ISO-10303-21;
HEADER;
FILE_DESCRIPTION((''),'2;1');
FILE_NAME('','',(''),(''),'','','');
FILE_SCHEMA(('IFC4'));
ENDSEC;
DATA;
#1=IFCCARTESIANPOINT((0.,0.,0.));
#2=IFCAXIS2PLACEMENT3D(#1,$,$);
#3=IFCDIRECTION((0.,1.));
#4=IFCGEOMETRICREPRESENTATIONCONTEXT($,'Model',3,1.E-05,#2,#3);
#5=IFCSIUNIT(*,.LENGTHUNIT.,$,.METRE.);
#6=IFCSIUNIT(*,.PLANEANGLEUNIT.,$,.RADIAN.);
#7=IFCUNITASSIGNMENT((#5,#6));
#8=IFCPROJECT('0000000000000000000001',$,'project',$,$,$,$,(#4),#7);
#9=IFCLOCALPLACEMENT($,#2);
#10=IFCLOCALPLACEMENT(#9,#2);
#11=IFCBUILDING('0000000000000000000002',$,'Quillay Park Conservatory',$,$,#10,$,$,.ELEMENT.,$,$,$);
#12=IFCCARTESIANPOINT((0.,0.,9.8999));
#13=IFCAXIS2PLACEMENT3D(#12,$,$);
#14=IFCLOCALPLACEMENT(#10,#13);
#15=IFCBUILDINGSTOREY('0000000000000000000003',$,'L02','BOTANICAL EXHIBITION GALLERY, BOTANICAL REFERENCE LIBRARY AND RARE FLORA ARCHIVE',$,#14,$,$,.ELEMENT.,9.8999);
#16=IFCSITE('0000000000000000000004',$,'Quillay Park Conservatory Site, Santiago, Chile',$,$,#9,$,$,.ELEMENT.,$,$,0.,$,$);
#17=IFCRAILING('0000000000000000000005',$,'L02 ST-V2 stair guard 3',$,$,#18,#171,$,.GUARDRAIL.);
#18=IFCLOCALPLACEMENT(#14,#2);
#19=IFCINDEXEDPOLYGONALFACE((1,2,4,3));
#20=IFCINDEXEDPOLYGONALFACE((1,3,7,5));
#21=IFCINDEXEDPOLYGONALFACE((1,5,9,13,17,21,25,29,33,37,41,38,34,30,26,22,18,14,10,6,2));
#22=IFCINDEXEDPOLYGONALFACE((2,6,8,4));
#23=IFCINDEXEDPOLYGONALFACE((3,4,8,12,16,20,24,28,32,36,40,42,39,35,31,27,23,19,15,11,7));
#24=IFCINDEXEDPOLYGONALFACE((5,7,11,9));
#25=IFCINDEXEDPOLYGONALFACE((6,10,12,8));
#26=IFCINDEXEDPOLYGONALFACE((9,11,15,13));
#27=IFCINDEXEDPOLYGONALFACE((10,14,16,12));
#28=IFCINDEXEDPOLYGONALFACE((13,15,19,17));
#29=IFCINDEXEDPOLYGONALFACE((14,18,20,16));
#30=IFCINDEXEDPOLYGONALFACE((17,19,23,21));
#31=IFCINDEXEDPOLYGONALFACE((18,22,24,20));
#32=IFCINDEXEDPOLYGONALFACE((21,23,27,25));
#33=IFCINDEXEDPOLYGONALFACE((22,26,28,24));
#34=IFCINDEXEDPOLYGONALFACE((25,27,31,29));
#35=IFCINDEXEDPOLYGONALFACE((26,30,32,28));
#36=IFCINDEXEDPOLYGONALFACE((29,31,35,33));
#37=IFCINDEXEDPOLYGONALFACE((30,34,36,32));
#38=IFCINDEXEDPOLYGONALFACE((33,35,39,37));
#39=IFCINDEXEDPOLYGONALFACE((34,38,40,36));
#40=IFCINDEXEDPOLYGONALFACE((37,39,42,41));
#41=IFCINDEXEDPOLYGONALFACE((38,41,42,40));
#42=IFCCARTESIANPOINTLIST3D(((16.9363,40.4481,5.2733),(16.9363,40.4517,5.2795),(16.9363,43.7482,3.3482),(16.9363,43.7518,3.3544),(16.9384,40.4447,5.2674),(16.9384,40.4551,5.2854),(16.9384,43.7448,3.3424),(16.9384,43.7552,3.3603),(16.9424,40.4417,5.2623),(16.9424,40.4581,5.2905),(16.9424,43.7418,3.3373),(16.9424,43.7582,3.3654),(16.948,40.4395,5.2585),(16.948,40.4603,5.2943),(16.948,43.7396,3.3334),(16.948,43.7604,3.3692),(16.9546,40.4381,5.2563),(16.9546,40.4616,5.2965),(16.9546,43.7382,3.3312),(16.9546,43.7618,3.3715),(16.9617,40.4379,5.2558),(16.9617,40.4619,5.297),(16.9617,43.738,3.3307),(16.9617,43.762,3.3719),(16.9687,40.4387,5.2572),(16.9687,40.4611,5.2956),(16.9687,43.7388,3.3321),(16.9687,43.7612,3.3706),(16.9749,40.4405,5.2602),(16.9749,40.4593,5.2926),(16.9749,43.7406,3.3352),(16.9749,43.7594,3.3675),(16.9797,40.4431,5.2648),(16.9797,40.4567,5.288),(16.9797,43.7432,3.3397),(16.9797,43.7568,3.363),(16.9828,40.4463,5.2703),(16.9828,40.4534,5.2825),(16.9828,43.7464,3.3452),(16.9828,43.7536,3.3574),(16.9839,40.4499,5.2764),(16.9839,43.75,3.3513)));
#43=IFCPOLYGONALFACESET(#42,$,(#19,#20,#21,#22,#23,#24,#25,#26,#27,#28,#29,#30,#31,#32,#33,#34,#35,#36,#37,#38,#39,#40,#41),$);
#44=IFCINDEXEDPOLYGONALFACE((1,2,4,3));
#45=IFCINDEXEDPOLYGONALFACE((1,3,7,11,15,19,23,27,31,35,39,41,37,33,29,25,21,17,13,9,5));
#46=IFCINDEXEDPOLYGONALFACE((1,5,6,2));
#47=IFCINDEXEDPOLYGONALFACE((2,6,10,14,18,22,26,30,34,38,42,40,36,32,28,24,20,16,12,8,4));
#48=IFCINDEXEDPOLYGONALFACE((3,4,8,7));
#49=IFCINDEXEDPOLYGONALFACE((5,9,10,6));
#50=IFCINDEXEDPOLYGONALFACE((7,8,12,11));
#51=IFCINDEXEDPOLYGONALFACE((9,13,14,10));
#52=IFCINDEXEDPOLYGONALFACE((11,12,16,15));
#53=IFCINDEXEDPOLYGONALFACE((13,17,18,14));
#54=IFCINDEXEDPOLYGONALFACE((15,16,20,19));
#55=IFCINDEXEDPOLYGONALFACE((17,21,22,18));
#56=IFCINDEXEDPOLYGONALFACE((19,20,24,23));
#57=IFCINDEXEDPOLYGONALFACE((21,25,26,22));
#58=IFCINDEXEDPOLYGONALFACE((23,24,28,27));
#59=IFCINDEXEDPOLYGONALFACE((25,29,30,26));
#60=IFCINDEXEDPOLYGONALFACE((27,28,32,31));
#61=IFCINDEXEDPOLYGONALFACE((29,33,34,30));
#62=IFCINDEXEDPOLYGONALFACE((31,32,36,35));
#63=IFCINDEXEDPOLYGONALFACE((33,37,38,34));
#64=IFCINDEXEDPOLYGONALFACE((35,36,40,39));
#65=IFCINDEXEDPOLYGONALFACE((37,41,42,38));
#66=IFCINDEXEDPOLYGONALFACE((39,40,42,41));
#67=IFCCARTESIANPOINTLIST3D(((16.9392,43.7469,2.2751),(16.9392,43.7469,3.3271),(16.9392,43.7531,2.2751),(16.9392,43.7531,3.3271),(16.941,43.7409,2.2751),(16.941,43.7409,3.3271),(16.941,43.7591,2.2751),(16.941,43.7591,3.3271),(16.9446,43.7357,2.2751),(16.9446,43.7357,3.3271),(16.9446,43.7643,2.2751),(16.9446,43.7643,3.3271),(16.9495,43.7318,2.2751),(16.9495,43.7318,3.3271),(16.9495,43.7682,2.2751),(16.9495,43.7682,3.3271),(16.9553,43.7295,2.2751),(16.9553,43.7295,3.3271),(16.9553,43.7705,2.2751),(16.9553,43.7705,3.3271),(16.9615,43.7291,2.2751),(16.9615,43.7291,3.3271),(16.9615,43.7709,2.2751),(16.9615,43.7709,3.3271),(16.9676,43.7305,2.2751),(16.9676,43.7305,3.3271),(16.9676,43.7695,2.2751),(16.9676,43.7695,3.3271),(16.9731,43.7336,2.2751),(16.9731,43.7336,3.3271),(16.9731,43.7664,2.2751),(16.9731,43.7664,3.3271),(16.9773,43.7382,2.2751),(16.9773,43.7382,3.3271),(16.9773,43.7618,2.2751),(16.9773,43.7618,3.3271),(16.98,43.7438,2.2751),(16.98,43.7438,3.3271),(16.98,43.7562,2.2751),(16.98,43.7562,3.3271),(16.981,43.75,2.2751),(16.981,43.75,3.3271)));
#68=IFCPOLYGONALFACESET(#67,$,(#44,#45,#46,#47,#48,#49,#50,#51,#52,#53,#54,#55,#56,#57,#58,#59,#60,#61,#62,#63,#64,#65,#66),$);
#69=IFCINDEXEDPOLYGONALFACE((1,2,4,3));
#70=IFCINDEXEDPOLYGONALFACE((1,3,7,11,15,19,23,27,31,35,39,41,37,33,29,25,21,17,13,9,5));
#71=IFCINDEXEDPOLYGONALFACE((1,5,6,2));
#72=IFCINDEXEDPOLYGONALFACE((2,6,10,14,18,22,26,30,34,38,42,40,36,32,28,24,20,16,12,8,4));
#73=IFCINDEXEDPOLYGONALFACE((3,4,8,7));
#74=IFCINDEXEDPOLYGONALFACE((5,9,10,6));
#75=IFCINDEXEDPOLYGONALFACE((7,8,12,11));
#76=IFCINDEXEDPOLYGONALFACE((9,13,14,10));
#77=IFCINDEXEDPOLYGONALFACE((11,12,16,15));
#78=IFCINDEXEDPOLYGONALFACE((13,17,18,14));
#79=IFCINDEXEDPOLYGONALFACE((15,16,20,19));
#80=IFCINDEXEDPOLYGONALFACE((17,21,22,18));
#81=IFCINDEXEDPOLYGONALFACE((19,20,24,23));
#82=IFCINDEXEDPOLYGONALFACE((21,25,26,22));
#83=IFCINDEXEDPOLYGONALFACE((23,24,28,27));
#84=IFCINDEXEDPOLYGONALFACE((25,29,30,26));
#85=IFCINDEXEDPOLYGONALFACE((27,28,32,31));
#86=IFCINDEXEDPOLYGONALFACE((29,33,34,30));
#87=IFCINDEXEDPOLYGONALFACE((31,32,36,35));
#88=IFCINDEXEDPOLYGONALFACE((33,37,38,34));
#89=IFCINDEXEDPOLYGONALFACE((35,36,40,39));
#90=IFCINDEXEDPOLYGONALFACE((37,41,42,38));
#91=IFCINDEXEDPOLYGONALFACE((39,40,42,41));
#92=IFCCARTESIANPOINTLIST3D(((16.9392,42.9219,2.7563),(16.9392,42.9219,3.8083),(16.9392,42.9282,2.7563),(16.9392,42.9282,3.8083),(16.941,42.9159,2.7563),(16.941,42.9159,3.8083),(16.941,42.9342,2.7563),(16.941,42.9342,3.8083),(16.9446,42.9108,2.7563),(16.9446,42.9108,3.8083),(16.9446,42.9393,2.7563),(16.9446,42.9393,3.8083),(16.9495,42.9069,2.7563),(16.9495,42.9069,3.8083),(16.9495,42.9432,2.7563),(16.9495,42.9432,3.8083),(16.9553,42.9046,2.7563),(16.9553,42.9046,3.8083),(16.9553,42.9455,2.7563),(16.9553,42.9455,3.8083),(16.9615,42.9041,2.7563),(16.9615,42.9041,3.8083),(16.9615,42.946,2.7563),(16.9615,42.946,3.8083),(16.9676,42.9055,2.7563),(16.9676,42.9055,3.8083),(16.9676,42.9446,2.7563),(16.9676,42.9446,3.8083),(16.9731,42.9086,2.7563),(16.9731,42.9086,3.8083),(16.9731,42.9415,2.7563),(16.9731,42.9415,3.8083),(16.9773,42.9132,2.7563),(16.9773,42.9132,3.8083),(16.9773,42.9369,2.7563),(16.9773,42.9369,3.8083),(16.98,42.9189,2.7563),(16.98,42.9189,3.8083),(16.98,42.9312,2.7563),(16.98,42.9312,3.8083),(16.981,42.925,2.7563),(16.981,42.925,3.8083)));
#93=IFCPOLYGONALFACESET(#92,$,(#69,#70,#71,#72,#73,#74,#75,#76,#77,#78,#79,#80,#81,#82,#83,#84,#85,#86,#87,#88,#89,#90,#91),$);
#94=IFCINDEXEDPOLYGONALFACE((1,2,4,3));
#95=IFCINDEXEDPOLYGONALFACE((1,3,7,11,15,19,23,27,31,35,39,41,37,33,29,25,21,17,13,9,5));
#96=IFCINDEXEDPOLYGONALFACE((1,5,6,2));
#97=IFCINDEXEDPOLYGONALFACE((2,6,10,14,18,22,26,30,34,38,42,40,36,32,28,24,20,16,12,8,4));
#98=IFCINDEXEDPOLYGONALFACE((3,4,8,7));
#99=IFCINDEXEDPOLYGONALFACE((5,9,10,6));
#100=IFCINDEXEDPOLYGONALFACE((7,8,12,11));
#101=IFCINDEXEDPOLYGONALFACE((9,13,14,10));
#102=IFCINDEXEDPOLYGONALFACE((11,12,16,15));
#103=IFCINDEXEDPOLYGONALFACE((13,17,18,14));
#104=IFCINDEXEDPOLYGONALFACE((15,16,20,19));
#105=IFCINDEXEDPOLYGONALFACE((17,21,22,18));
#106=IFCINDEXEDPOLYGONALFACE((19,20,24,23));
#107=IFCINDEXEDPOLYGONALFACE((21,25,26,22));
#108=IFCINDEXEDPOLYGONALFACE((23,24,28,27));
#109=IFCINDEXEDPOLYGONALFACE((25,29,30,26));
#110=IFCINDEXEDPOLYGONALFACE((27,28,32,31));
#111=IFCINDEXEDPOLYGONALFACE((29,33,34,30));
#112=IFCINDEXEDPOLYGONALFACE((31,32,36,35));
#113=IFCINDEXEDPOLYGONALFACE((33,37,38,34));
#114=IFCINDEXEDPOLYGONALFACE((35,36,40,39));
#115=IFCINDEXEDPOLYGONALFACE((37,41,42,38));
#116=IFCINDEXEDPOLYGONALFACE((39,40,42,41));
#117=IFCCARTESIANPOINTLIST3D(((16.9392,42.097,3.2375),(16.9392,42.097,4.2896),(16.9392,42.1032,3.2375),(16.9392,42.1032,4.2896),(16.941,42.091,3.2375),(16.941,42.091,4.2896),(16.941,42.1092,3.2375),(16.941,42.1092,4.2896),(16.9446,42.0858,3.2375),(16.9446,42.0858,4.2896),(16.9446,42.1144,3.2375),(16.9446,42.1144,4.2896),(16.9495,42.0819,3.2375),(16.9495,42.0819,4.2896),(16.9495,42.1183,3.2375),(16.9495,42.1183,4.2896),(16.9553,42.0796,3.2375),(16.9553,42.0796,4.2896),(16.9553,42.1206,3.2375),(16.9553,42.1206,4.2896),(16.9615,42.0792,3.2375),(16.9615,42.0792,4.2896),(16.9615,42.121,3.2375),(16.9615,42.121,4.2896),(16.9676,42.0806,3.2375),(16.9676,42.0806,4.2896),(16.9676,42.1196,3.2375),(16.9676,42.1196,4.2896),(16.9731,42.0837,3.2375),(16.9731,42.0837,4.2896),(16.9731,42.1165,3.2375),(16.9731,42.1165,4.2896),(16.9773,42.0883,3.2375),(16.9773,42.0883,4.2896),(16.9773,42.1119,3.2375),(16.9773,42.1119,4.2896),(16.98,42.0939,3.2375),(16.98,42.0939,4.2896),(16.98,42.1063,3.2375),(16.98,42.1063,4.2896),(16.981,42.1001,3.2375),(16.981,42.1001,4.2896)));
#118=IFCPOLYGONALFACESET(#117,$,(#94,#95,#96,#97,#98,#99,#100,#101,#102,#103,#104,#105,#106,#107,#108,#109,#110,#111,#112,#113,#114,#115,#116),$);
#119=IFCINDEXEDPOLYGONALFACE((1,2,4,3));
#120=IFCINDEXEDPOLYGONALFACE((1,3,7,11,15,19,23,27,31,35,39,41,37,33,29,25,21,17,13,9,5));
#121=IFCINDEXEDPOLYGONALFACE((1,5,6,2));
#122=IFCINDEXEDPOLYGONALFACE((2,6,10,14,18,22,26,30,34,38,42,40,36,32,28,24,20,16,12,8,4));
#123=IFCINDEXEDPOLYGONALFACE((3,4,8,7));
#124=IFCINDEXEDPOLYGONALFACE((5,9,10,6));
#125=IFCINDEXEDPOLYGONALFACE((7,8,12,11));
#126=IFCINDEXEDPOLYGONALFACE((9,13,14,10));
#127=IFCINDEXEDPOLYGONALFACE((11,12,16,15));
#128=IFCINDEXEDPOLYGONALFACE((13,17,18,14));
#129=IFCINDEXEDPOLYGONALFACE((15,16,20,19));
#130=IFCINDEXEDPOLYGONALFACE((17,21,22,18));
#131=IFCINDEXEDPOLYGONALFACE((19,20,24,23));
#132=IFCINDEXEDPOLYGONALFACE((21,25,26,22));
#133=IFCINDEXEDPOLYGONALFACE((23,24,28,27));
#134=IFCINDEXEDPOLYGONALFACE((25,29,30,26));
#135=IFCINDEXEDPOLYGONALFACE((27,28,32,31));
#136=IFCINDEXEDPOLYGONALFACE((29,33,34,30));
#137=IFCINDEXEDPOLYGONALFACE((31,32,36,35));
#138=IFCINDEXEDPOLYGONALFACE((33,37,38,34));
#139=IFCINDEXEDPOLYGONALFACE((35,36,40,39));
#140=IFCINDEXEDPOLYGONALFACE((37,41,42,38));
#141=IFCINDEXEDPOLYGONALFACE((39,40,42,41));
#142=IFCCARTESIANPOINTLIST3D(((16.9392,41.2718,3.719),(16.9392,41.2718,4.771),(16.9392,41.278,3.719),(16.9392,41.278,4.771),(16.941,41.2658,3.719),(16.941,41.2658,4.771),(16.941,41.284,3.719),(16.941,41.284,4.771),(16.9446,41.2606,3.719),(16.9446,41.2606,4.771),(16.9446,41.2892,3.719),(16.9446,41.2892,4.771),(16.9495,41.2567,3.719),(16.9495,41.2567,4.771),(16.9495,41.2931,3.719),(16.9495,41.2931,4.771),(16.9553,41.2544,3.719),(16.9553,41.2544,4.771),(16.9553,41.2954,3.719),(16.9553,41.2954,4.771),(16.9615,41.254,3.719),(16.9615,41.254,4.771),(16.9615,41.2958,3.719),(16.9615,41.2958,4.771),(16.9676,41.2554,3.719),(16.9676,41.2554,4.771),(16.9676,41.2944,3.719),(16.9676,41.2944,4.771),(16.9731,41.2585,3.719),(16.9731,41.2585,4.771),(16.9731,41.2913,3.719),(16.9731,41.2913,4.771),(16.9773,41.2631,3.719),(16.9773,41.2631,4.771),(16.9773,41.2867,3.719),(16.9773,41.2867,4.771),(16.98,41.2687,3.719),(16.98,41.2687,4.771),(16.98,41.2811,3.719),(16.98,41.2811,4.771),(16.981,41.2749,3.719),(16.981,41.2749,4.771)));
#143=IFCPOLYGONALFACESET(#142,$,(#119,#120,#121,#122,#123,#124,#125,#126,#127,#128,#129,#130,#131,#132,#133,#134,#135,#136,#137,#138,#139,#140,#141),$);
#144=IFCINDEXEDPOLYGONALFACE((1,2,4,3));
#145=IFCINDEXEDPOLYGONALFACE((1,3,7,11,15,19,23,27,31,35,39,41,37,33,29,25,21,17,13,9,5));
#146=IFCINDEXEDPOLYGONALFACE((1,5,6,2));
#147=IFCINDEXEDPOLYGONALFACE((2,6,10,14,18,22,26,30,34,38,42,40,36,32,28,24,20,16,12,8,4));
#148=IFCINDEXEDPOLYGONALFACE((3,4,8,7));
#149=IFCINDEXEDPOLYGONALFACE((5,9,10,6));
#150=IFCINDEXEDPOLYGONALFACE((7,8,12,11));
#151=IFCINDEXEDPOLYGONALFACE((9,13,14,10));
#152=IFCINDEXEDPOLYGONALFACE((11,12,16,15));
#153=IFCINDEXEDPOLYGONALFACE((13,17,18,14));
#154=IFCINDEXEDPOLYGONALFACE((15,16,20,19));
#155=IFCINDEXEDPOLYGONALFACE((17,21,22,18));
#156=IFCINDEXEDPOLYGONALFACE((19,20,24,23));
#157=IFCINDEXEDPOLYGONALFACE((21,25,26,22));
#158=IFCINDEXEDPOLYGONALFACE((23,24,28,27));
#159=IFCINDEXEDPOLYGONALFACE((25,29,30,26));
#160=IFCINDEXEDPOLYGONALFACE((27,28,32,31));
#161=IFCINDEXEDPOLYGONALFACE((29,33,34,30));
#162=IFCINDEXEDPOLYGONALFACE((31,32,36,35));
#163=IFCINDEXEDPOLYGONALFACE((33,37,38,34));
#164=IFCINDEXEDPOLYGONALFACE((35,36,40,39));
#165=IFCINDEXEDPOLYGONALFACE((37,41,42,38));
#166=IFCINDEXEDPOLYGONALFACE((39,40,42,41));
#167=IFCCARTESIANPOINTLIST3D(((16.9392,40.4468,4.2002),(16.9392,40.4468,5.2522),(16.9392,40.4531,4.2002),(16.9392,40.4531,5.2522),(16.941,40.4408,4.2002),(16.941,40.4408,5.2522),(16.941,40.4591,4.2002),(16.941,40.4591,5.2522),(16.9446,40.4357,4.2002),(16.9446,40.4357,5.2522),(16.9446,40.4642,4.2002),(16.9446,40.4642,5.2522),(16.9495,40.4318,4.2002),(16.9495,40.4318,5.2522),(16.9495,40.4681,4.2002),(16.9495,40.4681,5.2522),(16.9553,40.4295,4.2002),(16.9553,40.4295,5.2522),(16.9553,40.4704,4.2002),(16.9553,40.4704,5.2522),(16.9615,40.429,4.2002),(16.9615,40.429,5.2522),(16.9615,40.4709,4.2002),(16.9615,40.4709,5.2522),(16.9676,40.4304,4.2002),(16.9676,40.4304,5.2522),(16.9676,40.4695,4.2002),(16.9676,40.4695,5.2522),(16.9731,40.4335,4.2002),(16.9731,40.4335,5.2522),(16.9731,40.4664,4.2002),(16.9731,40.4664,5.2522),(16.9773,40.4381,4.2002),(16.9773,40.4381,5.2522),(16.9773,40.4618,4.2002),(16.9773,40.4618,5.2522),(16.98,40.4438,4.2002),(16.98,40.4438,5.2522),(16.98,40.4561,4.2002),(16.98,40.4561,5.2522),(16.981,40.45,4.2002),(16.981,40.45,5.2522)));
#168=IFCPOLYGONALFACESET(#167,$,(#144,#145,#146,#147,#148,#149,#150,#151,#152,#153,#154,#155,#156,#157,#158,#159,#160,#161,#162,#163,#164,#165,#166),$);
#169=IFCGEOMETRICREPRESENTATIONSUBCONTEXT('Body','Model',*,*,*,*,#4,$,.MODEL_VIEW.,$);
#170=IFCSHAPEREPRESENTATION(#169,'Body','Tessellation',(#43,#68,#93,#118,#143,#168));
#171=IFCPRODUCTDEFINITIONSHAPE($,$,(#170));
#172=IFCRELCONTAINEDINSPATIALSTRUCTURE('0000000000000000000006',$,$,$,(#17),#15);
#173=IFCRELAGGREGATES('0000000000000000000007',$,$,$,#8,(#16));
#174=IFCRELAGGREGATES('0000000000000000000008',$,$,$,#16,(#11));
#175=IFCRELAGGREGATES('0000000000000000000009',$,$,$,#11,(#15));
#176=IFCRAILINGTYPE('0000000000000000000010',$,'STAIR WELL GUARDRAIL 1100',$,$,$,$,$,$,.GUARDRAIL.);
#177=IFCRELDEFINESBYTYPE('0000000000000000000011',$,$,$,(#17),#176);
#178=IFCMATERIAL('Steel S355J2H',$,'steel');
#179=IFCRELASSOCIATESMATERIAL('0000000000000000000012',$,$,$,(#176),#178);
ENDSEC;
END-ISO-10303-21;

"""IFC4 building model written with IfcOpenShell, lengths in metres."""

from ifc_helpers import new_model, si_unit, direction, frame, origin, origin_2d, place, context, subcontext, project, spatial, circle, extrude, material, type_object, element, save


model = new_model("IFC4")

# Units and contexts
model_context = context("Model", 3, precision=1e-05, world=origin(), true_north=direction((0.0, 1.0)))
body_context = subcontext(model_context, "Body", "Model", "MODEL_VIEW")
ifc_project = project(units=[si_unit("LENGTHUNIT", "METRE"), si_unit("PLANEANGLEUNIT", "RADIAN")], contexts=[model_context])

# Site, building, storey
site_placement = place(None, origin())
site = spatial("IfcSite", under=ifc_project, at=site_placement, Name="Quillay Park Conservatory Site, Santiago, Chile", CompositionType="ELEMENT", RefElevation=0.0)
building_placement = place(site_placement, origin())
building = spatial("IfcBuilding", under=site, at=building_placement, Name="Quillay Park Conservatory", CompositionType="ELEMENT")
storey_placement = place(building_placement, frame((0.0, 0.0, 9.8999)))
storey = spatial("IfcBuildingStorey", under=building, at=storey_placement, Name="L02", Description="BOTANICAL EXHIBITION GALLERY, BOTANICAL REFERENCE LIBRARY AND RARE FLORA ARCHIVE", CompositionType="ELEMENT", Elevation=9.8999)

# Railing
ifc_material_1 = material(Name="Steel S355J2H", Category="steel")
railing_type_1 = type_object("IfcRailingType", Name="STAIR WELL GUARDRAIL 1100", PredefinedType="GUARDRAIL", material=ifc_material_1)
railing_1_placement = place(storey_placement, frame((16.96, 43.75, 2.2751)))
element("IfcRailing", 1, at=railing_1_placement, inside=storey, type_object=railing_type_1, Name="L02 ST-V2 stair guard 3", PredefinedType="GUARDRAIL", context=body_context, shape_type="SweptSolid", body=[
    extrude(circle(Radius=0.0239, at=origin_2d()), frame((0.0, 0.0, 1.0762), z_axis=(0.0, -0.863777, 0.503875), x_axis=(1.0, 0.0, 0.0)), (0.0, 0.0, 1.0), 3.8206),
    extrude(circle(Radius=0.021, at=origin_2d()), origin(), (0.0, 0.0, 1.0), 1.052),
    extrude(circle(Radius=0.021, at=origin_2d()), frame((0.0, -0.825, 0.4812)), (0.0, 0.0, 1.0), 1.052),
    extrude(circle(Radius=0.021, at=origin_2d()), frame((0.0, -1.6499, 0.9624)), (0.0, 0.0, 1.0), 1.052),
    extrude(circle(Radius=0.021, at=origin_2d()), frame((0.0, -2.4751, 1.4438)), (0.0, 0.0, 1.0), 1.052),
    extrude(circle(Radius=0.021, at=origin_2d()), frame((0.0, -3.3, 1.925)), (0.0, 0.0, 1.0), 1.052),
])

save(model, "model.ifc")
